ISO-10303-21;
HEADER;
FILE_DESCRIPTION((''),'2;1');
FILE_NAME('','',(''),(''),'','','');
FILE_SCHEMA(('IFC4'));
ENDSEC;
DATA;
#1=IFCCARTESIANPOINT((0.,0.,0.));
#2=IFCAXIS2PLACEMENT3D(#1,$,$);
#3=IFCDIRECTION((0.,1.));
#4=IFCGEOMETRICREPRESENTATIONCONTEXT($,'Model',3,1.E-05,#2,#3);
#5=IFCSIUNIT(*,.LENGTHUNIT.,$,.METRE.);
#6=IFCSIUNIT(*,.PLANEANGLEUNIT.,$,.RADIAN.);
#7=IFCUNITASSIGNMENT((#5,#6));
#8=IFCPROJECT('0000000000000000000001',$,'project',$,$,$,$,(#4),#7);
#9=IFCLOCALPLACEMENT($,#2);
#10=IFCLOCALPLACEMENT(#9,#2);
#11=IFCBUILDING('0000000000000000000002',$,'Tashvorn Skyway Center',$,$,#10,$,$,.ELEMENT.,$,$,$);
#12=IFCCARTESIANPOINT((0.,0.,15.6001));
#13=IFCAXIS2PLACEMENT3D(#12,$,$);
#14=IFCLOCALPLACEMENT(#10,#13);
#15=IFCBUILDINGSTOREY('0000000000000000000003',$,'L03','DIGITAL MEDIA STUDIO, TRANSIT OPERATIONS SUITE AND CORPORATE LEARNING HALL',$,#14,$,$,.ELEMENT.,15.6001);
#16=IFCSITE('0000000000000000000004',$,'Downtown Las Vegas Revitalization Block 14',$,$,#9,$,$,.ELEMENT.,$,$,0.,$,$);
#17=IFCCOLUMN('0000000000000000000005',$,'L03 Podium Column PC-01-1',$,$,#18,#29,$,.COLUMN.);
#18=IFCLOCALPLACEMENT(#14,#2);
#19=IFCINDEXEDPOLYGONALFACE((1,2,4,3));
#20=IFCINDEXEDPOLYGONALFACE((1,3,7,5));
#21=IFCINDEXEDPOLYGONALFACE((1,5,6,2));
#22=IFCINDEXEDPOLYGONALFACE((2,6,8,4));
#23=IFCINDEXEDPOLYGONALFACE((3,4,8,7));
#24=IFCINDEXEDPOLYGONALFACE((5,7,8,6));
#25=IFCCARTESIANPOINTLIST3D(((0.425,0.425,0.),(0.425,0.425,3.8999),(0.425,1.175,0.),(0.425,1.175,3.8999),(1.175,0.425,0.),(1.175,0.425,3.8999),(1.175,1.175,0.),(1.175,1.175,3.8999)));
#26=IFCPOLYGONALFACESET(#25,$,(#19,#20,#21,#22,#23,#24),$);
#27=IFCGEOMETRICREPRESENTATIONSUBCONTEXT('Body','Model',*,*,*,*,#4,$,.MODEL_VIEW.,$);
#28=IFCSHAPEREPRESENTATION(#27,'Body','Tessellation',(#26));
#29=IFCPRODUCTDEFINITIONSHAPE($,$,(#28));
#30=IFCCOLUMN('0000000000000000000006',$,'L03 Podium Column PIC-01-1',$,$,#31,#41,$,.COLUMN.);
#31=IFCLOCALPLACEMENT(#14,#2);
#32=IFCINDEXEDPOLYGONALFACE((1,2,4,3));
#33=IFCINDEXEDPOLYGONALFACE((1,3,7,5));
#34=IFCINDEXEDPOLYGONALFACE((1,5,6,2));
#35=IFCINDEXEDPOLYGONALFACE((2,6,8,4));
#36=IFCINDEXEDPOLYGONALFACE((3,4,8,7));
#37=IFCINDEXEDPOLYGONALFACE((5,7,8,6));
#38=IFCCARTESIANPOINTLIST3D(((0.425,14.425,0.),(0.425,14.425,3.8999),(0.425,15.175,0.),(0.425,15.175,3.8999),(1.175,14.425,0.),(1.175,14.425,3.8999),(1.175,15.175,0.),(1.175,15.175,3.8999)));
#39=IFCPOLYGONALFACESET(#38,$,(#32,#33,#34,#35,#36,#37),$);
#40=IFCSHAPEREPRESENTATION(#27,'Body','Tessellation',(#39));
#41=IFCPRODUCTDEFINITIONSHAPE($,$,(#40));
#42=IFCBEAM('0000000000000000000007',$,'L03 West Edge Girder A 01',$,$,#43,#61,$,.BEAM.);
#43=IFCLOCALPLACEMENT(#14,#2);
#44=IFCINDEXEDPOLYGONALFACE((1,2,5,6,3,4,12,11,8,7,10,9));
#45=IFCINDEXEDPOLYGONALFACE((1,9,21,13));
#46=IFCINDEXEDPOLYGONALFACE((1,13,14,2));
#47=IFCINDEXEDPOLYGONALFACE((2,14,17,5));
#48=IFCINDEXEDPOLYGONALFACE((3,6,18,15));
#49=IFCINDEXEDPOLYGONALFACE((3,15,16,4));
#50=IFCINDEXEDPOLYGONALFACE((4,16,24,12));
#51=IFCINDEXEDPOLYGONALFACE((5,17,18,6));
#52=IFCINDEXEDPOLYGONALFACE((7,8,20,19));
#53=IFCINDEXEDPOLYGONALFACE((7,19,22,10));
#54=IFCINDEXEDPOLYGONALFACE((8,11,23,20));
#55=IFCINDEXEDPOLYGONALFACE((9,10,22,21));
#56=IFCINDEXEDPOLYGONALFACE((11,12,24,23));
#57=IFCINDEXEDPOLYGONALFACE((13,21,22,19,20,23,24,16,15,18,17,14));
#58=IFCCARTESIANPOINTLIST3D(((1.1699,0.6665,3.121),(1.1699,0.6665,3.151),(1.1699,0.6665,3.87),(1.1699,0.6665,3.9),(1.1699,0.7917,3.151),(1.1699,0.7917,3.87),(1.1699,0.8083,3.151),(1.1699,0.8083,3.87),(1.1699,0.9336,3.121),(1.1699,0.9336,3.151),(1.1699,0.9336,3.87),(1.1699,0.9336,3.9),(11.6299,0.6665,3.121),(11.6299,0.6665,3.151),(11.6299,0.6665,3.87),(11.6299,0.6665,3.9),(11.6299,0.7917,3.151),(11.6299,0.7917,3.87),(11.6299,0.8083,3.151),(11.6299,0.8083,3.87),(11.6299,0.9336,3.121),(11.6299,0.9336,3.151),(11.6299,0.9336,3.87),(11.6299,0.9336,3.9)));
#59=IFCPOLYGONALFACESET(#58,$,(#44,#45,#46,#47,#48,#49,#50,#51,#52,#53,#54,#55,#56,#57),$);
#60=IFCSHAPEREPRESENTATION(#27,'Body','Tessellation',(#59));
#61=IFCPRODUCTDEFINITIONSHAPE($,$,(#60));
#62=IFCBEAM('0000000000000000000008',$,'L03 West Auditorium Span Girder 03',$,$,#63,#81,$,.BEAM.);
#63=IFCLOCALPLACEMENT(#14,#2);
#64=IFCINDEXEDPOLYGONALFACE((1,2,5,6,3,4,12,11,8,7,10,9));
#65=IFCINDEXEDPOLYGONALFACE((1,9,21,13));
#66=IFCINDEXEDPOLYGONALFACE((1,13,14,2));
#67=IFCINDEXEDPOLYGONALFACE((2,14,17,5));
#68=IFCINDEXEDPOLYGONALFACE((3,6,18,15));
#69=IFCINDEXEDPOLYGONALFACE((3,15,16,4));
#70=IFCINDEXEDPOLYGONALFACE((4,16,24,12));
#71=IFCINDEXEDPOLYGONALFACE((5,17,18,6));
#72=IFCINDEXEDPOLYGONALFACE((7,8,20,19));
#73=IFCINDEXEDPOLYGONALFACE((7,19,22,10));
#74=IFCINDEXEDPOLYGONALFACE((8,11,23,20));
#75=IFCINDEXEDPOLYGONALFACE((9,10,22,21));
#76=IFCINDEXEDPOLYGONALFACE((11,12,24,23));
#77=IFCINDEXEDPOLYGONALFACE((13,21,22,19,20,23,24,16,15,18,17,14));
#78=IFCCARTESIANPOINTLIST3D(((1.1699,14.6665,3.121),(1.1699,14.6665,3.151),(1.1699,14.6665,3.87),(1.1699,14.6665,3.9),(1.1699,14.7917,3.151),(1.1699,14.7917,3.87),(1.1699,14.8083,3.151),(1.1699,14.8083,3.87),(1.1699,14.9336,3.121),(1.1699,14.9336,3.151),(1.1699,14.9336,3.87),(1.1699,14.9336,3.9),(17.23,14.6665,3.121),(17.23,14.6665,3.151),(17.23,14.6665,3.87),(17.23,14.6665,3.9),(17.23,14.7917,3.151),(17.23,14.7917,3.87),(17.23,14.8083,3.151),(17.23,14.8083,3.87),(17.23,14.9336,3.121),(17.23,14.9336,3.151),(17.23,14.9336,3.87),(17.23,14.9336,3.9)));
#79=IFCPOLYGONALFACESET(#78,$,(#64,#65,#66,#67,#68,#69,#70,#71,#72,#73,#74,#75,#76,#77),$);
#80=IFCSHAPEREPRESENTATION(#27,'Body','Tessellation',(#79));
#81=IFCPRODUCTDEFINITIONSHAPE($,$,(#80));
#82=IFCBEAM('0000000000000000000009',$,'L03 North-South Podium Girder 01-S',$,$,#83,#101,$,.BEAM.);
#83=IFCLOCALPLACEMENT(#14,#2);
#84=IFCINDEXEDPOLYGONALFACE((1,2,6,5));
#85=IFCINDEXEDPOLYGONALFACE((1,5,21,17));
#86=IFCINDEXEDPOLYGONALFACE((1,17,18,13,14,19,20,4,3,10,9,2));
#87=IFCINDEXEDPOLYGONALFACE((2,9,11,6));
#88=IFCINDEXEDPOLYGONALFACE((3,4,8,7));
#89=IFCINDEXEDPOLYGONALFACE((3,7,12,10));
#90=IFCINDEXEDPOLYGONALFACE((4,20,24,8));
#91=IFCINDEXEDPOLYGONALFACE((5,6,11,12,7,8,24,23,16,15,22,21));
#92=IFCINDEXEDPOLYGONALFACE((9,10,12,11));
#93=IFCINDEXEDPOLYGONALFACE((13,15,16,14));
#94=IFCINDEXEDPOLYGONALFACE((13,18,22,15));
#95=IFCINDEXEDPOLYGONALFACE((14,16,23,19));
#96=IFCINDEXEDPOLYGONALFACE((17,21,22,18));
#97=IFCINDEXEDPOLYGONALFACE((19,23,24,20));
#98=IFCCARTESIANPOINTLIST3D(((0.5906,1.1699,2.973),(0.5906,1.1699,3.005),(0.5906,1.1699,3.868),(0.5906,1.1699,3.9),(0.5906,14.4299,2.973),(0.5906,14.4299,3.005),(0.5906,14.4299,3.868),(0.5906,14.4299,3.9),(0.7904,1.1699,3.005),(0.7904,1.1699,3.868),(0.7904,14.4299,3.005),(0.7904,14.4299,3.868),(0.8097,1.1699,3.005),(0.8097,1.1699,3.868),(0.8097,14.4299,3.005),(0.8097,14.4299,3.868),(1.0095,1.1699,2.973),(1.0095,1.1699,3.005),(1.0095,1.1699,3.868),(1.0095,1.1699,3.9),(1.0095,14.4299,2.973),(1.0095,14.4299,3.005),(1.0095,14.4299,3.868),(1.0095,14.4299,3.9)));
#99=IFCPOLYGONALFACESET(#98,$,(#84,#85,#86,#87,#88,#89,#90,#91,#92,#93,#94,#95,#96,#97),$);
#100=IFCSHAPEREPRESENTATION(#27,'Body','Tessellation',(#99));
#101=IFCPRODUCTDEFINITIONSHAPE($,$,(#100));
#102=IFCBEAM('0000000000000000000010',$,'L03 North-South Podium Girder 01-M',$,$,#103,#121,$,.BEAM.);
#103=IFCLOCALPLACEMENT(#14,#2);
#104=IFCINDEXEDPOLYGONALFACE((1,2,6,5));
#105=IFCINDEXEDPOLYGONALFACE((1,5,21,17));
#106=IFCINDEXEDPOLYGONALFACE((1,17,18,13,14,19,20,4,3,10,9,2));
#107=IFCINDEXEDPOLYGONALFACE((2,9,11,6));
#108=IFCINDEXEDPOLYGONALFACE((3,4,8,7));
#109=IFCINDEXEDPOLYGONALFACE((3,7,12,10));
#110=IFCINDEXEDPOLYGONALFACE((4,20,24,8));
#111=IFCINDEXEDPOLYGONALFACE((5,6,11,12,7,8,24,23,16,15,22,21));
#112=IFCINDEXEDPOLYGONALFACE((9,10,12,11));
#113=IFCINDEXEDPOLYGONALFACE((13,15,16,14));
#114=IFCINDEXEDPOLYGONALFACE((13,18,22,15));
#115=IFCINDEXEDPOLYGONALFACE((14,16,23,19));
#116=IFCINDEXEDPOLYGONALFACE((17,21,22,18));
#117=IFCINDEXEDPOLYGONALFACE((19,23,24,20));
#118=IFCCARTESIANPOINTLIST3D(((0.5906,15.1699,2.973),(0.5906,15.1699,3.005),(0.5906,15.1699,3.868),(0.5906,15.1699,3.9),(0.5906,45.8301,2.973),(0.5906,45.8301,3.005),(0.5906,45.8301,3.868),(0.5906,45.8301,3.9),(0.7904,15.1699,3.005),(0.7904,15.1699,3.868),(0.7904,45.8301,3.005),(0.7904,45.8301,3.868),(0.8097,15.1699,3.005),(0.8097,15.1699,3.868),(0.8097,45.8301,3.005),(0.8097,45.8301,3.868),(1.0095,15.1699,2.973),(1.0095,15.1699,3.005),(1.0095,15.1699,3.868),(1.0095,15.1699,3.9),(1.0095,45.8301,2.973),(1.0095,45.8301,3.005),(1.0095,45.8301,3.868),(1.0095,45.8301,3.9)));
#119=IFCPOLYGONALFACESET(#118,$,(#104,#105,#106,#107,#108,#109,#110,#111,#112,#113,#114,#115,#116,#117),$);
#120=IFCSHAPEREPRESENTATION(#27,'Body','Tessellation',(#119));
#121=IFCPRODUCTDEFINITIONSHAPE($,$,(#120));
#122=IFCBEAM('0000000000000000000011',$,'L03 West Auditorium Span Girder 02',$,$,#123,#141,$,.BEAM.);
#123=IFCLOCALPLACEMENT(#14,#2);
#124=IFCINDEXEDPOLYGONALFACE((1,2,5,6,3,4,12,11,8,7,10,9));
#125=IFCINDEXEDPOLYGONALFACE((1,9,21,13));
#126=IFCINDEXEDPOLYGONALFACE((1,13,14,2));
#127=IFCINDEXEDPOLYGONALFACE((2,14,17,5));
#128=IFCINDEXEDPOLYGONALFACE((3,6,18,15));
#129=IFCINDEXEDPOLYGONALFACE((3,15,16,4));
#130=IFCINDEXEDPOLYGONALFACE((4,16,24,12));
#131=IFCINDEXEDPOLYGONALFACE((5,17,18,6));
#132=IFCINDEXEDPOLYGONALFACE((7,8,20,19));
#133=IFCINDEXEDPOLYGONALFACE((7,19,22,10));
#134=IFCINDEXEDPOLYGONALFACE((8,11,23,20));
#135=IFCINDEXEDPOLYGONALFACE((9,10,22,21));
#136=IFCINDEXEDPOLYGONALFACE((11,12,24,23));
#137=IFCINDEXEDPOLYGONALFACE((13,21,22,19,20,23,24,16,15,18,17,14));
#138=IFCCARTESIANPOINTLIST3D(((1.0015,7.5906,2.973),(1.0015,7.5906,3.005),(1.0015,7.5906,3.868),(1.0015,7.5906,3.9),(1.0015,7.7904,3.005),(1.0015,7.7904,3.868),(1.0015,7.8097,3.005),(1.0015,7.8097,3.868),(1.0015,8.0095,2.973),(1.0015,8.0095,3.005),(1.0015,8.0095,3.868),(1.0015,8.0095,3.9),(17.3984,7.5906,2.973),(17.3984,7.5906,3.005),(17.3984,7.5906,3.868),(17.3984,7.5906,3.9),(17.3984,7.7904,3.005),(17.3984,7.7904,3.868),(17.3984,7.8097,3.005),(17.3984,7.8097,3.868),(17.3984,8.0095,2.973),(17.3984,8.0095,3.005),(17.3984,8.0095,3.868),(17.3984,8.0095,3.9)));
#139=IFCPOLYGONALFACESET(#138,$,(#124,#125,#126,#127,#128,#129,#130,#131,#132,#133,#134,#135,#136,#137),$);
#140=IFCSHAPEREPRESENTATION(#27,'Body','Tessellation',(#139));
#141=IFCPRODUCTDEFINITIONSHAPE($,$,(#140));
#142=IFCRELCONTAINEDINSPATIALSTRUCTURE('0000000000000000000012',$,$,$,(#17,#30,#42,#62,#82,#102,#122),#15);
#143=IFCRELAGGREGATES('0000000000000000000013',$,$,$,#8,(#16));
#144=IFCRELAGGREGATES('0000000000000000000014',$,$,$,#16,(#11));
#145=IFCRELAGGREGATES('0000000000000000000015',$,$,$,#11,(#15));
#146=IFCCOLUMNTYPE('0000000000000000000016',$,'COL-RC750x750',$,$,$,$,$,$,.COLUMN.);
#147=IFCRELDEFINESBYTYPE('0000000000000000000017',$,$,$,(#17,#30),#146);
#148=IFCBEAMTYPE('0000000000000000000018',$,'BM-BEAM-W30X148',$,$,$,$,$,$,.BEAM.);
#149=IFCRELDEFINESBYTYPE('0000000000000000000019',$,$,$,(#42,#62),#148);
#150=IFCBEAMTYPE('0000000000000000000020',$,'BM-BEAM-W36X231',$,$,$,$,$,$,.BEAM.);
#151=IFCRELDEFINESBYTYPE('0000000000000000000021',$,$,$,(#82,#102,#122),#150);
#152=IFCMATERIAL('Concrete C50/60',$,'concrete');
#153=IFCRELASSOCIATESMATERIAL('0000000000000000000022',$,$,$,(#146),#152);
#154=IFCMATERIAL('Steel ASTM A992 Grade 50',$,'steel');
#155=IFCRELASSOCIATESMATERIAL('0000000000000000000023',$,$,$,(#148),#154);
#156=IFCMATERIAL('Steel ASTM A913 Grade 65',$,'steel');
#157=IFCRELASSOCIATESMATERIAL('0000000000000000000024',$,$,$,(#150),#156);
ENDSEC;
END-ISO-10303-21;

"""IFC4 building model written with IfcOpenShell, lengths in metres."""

from ifc_helpers import new_model, si_unit, direction, frame, origin, origin_2d, place, context, subcontext, project, spatial, rectangle, i_section, extrude, material, material_profile, profile_set, type_object, element, save


model = new_model("IFC4")

# Units and contexts
model_context = context("Model", 3, precision=1e-05, world=origin(), true_north=direction((0.0, 1.0)))
body_context = subcontext(model_context, "Body", "Model", "MODEL_VIEW")
ifc_project = project(units=[si_unit("LENGTHUNIT", "METRE"), si_unit("PLANEANGLEUNIT", "RADIAN")], contexts=[model_context])

# Site, building, storey
site_placement = place(None, origin())
site = spatial("IfcSite", under=ifc_project, at=site_placement, Name="Downtown Las Vegas Revitalization Block 14", CompositionType="ELEMENT", RefElevation=0.0)
building_placement = place(site_placement, origin())
building = spatial("IfcBuilding", under=site, at=building_placement, Name="Tashvorn Skyway Center", CompositionType="ELEMENT")
storey_placement = place(building_placement, frame((0.0, 0.0, 15.6001)))
storey = spatial("IfcBuildingStorey", under=building, at=storey_placement, Name="L03", Description="DIGITAL MEDIA STUDIO, TRANSIT OPERATIONS SUITE AND CORPORATE LEARNING HALL", CompositionType="ELEMENT", Elevation=15.6001)

# Columns
ifc_material_1 = material(Name="Concrete C50/60", Category="concrete")
ifc_material_profile_1 = material_profile(ifc_material_1, rectangle(XDim=0.75, YDim=0.75, at=origin_2d()), Name="RC750x750")
ifc_profile_set_1 = profile_set([ifc_material_profile_1], Name="Concrete C50/60")
column_type = type_object("IfcColumnType", Name="COL-RC750x750", PredefinedType="COLUMN", material=ifc_profile_set_1)
for number, where, z_axis, x_axis, name in (
    (1, (0.8, 0.8, 0.0), (0.0, 0.0, 1.0), (1.0, 0.0, 0.0), "L03 Podium Column PC-01-1"),
    (2, (0.8, 14.8, 0.0), (0.0, 0.0, 1.0), (1.0, 0.0, 0.0), "L03 Podium Column PIC-01-1"),
):
    element("IfcColumn", number, at=place(storey_placement, frame(where, z_axis=z_axis, x_axis=x_axis)), inside=storey, type_object=column_type, Name=name, PredefinedType="COLUMN", context=body_context, shape_type="SweptSolid", body=[
        extrude(rectangle(XDim=0.75, YDim=0.75, at=origin_2d()), origin(), (0.0, 0.0, 1.0), 3.8999),
    ])

# Beams
ifc_material_2 = material(Name="Steel ASTM A992 Grade 50", Category="steel")
ifc_material_profile_2 = material_profile(ifc_material_2, i_section(OverallWidth=0.2671, OverallDepth=0.7791, WebThickness=0.0166, FlangeThickness=0.03, at=origin_2d()), Name="W30X148")
ifc_profile_set_2 = profile_set([ifc_material_profile_2], Name="Steel ASTM A992 Grade 50")
beam_type_1 = type_object("IfcBeamType", Name="BM-BEAM-W30X148", PredefinedType="BEAM", material=ifc_profile_set_2)
beam_1_placement = place(storey_placement, frame((1.1699, 0.8, 3.5105), z_axis=(1.0, 0.0, 0.0), x_axis=(0.0, 1.0, 0.0)))
element("IfcBeam", 3, at=beam_1_placement, inside=storey, type_object=beam_type_1, Name="L03 West Edge Girder A 01", PredefinedType="BEAM", context=body_context, shape_type="SweptSolid", body=[
    extrude(i_section(OverallWidth=0.2671, OverallDepth=0.7791, WebThickness=0.0166, FlangeThickness=0.03, at=origin_2d()), origin(), (0.0, 0.0, 1.0), 10.46),
])
beam_2_placement = place(storey_placement, frame((1.1699, 14.8, 3.5105), z_axis=(1.0, 0.0, 0.0), x_axis=(0.0, 1.0, 0.0)))
element("IfcBeam", 4, at=beam_2_placement, inside=storey, type_object=beam_type_1, Name="L03 West Auditorium Span Girder 03", PredefinedType="BEAM", context=body_context, shape_type="SweptSolid", body=[
    extrude(i_section(OverallWidth=0.2671, OverallDepth=0.7791, WebThickness=0.0166, FlangeThickness=0.03, at=origin_2d()), origin(), (0.0, 0.0, 1.0), 16.0601),
])
ifc_material_3 = material(Name="Steel ASTM A913 Grade 65", Category="steel")
ifc_material_profile_3 = material_profile(ifc_material_3, i_section(OverallWidth=0.4189, OverallDepth=0.927, WebThickness=0.0193, FlangeThickness=0.032, at=origin_2d()), Name="W36X231")
ifc_profile_set_3 = profile_set([ifc_material_profile_3], Name="Steel ASTM A913 Grade 65")
beam_type_2 = type_object("IfcBeamType", Name="BM-BEAM-W36X231", PredefinedType="BEAM", material=ifc_profile_set_3)
beam_3_placement = place(storey_placement, frame((0.8, 1.1699, 3.4365), z_axis=(0.0, 1.0, 0.0), x_axis=(-1.0, 0.0, 0.0)))
element("IfcBeam", 5, at=beam_3_placement, inside=storey, type_object=beam_type_2, Name="L03 North-South Podium Girder 01-S", PredefinedType="BEAM", context=body_context, shape_type="SweptSolid", body=[
    extrude(i_section(OverallWidth=0.4189, OverallDepth=0.927, WebThickness=0.0193, FlangeThickness=0.032, at=origin_2d()), origin(), (0.0, 0.0, 1.0), 13.26),
])
beam_4_placement = place(storey_placement, frame((0.8, 15.1699, 3.4365), z_axis=(0.0, 1.0, 0.0), x_axis=(-1.0, 0.0, 0.0)))
element("IfcBeam", 6, at=beam_4_placement, inside=storey, type_object=beam_type_2, Name="L03 North-South Podium Girder 01-M", PredefinedType="BEAM", context=body_context, shape_type="SweptSolid", body=[
    extrude(i_section(OverallWidth=0.4189, OverallDepth=0.927, WebThickness=0.0193, FlangeThickness=0.032, at=origin_2d()), origin(), (0.0, 0.0, 1.0), 30.6602),
])
beam_5_placement = place(storey_placement, frame((1.0015, 7.8, 3.4365), z_axis=(1.0, 0.0, 0.0), x_axis=(0.0, 1.0, 0.0)))
element("IfcBeam", 7, at=beam_5_placement, inside=storey, type_object=beam_type_2, Name="L03 West Auditorium Span Girder 02", PredefinedType="BEAM", context=body_context, shape_type="SweptSolid", body=[
    extrude(i_section(OverallWidth=0.4189, OverallDepth=0.927, WebThickness=0.0193, FlangeThickness=0.032, at=origin_2d()), origin(), (0.0, 0.0, 1.0), 16.397),
])

save(model, "model.ifc")
